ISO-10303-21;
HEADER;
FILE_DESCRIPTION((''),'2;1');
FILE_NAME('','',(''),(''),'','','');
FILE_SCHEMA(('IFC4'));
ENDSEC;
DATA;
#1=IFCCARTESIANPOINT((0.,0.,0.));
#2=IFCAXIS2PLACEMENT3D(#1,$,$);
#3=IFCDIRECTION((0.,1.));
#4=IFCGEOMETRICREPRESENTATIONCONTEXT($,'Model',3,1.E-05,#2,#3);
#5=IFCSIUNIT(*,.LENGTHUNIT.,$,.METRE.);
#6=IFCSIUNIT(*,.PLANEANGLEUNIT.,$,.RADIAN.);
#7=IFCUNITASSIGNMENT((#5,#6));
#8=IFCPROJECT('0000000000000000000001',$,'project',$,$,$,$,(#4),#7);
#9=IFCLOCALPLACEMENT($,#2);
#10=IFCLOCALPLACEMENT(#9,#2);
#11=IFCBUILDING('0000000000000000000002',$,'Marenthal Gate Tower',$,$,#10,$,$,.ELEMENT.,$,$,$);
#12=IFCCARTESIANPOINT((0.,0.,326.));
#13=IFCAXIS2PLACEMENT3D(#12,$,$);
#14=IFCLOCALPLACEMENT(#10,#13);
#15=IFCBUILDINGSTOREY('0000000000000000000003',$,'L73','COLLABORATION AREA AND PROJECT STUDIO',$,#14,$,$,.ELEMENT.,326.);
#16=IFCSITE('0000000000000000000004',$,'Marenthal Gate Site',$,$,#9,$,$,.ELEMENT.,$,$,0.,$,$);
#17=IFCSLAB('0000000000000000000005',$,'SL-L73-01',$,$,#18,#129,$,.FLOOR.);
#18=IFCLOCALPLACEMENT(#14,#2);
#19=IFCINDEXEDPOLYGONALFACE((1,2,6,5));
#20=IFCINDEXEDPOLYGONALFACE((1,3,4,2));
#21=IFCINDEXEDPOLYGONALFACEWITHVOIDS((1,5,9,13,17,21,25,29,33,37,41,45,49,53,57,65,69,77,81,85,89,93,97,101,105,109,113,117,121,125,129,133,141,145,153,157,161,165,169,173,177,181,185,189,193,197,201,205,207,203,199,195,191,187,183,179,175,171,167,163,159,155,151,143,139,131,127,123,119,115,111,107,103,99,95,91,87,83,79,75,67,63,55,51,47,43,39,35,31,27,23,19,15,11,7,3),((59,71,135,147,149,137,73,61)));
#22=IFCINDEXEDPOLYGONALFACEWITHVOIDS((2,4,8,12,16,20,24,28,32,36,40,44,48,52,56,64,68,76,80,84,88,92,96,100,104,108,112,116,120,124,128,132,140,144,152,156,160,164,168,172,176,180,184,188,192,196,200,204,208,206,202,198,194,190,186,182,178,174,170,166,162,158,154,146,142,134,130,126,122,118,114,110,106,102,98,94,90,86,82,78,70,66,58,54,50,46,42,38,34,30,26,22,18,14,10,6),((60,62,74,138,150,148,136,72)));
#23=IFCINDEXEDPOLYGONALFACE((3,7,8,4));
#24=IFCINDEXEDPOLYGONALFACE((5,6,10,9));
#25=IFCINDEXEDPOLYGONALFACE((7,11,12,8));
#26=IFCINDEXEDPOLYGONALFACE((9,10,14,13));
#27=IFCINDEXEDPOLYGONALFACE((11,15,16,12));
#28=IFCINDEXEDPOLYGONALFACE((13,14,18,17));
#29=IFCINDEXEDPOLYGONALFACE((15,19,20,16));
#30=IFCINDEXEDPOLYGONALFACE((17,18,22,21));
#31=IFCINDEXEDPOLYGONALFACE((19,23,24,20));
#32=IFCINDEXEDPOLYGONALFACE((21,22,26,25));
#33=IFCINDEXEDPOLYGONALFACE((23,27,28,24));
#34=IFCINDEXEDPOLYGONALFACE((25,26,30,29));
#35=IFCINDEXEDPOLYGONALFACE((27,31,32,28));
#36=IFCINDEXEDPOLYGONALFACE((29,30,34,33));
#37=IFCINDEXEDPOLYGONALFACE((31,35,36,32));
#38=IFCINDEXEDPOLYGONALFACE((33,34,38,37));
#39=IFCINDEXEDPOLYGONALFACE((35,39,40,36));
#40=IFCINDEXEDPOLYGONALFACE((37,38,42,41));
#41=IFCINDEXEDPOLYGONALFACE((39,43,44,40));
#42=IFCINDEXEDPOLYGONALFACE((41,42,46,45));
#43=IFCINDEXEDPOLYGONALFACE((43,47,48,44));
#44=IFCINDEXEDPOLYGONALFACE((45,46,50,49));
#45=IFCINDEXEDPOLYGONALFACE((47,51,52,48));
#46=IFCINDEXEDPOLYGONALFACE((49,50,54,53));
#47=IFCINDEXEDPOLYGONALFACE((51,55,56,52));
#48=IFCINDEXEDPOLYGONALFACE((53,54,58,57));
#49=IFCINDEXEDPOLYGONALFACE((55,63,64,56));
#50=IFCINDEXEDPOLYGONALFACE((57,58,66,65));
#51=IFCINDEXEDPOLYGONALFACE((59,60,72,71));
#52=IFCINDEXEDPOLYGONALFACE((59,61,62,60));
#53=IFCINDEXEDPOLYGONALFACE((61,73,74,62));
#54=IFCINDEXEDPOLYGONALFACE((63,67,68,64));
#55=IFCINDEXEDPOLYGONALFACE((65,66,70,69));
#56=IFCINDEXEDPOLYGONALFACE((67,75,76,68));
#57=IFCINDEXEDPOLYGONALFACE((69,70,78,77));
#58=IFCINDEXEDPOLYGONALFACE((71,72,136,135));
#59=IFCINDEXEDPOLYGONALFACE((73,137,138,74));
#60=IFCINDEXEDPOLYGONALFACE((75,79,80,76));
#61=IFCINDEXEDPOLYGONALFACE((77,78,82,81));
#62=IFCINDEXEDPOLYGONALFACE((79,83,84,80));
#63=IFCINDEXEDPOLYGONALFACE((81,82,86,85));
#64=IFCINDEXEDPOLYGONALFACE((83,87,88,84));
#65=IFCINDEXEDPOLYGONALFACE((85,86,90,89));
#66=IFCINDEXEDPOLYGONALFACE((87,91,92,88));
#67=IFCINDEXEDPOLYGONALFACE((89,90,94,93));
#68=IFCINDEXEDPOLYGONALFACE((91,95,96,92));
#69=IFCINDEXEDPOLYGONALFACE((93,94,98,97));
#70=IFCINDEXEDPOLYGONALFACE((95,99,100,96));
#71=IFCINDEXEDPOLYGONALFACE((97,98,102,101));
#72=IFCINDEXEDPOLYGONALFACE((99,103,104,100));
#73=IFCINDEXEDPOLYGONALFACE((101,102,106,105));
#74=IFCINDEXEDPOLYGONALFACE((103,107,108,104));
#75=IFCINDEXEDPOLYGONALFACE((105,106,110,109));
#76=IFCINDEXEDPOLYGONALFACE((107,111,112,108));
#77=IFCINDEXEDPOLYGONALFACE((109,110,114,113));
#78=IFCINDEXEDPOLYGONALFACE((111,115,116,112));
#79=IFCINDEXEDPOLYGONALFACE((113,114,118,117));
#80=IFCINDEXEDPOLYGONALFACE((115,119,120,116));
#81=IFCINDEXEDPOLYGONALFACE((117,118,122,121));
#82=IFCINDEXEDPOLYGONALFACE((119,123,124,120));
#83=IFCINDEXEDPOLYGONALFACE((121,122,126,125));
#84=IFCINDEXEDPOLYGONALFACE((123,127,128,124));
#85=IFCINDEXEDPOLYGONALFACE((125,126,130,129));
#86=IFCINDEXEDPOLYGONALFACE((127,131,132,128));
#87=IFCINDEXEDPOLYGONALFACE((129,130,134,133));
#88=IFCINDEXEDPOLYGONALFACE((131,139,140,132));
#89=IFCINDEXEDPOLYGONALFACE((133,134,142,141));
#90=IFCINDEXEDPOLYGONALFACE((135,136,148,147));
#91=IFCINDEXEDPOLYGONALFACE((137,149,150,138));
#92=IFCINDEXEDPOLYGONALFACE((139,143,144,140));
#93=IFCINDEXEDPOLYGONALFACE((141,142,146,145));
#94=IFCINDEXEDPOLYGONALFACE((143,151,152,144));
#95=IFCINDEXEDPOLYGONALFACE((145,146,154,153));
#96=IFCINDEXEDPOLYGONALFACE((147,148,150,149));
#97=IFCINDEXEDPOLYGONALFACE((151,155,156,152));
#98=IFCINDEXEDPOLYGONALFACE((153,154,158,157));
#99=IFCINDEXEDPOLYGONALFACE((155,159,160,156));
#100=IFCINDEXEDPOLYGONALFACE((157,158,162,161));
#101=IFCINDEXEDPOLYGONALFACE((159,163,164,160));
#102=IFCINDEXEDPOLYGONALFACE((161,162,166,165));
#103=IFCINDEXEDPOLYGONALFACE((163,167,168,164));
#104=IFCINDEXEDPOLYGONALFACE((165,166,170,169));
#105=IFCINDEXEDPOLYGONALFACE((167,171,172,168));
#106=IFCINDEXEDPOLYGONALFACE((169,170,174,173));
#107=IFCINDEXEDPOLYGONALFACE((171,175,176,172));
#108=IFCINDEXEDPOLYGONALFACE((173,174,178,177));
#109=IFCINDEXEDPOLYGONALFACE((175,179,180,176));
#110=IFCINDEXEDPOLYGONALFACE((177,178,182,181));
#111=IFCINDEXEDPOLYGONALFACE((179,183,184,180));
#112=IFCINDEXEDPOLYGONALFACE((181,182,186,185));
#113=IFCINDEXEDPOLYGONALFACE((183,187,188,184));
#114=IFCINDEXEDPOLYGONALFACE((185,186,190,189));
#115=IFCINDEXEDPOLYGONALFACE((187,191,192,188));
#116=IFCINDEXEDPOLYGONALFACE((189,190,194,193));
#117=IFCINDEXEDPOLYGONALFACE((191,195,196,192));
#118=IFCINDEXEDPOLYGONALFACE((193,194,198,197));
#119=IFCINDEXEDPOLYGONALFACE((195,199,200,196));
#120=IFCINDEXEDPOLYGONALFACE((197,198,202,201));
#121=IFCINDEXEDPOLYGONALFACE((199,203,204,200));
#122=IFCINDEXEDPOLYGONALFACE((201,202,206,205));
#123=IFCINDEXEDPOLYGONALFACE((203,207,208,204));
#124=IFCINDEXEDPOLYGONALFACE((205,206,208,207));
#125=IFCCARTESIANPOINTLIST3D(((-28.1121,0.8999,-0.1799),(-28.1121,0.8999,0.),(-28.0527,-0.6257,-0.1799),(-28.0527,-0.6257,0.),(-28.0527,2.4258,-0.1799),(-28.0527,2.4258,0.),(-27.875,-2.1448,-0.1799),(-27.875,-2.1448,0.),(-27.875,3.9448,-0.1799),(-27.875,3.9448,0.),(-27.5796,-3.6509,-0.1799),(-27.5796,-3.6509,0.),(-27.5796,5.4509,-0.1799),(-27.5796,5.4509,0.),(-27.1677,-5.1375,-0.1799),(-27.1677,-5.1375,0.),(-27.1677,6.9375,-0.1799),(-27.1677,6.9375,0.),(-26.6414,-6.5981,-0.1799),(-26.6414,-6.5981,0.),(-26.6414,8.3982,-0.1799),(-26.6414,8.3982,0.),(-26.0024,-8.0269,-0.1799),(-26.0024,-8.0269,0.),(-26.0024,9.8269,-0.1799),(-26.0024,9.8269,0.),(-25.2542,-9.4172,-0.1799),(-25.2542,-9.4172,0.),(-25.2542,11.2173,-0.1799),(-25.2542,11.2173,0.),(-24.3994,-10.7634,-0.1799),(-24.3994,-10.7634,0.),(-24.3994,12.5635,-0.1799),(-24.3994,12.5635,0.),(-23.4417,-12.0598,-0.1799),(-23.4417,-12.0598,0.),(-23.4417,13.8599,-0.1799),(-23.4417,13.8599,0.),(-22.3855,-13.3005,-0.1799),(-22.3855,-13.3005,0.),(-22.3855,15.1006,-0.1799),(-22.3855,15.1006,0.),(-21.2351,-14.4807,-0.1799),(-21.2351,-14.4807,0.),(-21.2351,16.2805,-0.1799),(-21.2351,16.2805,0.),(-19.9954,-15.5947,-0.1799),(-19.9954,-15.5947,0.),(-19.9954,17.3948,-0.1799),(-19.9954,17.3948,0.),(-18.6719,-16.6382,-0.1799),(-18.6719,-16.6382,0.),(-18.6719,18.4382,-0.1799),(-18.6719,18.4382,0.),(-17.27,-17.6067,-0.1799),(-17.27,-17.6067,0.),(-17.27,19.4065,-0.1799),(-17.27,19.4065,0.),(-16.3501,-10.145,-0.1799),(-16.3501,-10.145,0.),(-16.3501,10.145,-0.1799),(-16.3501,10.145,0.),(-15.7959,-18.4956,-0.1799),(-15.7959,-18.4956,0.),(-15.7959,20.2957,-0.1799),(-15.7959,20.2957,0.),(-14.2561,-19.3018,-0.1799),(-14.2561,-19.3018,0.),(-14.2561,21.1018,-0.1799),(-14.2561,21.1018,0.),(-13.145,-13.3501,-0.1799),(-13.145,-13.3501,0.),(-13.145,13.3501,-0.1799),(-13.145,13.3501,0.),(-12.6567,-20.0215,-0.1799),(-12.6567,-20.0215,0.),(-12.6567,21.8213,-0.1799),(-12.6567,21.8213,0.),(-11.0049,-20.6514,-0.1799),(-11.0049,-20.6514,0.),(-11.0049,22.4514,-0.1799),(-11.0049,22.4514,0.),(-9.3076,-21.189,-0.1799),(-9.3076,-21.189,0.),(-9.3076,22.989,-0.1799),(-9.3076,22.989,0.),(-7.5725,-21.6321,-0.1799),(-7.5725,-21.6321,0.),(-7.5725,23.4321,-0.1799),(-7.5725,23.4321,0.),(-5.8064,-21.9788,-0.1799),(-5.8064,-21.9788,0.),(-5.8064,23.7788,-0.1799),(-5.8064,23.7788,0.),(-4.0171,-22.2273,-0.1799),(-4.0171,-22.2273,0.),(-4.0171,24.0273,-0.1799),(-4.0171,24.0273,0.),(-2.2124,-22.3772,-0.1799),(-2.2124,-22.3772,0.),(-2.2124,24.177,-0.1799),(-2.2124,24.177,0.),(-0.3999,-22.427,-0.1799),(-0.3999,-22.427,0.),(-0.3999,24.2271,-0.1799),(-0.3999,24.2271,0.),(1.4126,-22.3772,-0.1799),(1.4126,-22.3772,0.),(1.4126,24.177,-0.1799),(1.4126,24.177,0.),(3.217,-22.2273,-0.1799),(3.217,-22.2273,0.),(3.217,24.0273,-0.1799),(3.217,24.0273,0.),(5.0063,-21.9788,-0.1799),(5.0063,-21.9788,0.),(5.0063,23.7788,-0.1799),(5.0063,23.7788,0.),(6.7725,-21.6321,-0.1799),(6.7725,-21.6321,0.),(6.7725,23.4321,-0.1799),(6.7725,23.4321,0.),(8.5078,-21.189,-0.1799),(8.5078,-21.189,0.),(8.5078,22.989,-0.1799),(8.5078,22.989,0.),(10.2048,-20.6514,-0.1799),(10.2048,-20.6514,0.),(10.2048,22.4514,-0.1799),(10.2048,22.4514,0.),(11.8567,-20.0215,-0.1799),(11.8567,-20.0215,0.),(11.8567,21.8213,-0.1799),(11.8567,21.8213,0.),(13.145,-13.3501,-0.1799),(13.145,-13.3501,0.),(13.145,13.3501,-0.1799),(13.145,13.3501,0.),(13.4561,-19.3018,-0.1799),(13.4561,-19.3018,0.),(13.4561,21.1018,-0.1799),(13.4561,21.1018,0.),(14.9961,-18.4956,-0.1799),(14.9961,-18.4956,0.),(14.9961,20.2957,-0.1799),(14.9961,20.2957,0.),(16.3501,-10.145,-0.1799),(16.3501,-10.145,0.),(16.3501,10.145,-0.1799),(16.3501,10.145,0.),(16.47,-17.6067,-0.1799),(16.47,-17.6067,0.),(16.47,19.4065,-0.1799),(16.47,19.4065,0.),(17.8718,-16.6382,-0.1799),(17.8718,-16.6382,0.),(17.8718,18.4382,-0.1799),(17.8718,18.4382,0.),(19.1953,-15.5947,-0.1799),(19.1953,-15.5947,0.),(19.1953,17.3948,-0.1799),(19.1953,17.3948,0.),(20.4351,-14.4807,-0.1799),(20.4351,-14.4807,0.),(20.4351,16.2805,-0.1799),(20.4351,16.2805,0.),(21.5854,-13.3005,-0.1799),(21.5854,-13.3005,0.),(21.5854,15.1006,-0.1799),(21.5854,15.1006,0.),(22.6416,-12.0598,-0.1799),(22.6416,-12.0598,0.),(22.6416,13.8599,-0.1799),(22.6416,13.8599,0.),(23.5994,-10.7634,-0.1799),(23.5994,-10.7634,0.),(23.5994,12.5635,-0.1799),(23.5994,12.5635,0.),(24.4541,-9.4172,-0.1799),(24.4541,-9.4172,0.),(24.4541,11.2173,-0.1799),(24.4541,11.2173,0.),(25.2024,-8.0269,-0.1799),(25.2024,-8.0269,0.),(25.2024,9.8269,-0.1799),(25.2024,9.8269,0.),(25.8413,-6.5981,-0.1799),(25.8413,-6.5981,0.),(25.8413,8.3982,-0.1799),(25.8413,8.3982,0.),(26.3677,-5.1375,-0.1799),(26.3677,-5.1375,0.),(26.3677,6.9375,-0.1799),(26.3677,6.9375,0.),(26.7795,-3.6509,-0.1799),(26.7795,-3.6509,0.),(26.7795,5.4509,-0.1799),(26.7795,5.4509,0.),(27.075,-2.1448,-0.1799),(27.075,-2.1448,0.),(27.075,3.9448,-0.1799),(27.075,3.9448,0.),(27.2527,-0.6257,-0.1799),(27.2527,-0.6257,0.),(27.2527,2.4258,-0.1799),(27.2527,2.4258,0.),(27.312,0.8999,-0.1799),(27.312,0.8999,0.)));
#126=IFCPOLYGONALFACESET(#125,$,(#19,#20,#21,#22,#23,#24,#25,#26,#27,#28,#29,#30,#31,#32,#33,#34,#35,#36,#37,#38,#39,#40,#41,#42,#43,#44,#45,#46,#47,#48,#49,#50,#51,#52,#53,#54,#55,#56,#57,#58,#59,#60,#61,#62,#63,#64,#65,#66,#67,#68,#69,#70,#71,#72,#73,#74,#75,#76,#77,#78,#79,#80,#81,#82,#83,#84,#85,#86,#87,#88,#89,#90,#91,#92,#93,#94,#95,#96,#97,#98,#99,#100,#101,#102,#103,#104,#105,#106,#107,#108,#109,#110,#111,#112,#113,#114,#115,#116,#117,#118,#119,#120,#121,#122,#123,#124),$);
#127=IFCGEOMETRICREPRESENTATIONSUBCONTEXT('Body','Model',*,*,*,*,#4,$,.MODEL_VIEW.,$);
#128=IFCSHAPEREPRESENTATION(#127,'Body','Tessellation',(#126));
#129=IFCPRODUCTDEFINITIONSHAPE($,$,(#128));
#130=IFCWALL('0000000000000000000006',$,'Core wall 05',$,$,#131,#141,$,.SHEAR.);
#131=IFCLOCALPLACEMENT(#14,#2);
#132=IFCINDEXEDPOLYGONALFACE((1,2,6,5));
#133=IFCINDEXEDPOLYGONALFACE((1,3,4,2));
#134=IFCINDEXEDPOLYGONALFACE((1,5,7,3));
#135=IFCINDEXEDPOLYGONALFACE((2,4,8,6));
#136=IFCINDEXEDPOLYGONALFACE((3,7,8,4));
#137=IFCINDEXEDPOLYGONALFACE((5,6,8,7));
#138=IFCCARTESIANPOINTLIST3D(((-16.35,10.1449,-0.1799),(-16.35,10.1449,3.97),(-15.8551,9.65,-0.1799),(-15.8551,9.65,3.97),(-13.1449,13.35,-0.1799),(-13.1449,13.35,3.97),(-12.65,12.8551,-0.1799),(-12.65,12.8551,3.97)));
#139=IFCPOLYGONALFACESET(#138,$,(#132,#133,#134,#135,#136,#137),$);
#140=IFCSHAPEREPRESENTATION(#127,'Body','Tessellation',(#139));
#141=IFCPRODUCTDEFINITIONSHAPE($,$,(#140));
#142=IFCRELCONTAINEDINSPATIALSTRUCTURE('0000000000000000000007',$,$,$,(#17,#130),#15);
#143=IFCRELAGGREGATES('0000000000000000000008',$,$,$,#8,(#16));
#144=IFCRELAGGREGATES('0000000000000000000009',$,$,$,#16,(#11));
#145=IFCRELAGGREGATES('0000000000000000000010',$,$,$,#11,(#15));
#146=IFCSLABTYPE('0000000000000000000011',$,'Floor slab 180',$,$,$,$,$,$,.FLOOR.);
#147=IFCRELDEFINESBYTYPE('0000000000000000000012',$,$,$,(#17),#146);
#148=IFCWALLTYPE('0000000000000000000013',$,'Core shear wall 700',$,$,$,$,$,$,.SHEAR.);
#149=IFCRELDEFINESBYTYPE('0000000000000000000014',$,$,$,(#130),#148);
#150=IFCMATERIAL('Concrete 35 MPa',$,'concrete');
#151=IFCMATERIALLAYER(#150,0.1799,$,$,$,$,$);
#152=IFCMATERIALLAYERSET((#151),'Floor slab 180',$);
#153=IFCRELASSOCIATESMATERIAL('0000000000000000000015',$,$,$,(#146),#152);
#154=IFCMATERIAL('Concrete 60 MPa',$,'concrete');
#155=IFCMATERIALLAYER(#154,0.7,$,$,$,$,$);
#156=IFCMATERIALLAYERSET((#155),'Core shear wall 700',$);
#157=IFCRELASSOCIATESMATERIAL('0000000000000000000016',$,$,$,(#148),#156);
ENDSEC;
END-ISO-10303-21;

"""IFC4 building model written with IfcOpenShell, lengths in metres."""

from ifc_helpers import new_model, si_unit, direction, frame, frame_2d, origin, place, context, subcontext, project, spatial, polyline, rectangle, outline, extrude, material, layer, layer_set, type_object, element, save


model = new_model("IFC4")

# Units and contexts
model_context = context("Model", 3, precision=1e-05, world=origin(), true_north=direction((0.0, 1.0)))
body_context = subcontext(model_context, "Body", "Model", "MODEL_VIEW")
ifc_project = project(units=[si_unit("LENGTHUNIT", "METRE"), si_unit("PLANEANGLEUNIT", "RADIAN")], contexts=[model_context])

# Site, building, storey
site_placement = place(None, origin())
site = spatial("IfcSite", under=ifc_project, at=site_placement, Name="Marenthal Gate Site", CompositionType="ELEMENT", RefElevation=0.0)
building_placement = place(site_placement, origin())
building = spatial("IfcBuilding", under=site, at=building_placement, Name="Marenthal Gate Tower", CompositionType="ELEMENT")
storey_placement = place(building_placement, frame((0.0, 0.0, 326.0)))
storey = spatial("IfcBuildingStorey", under=building, at=storey_placement, Name="L73", Description="COLLABORATION AREA AND PROJECT STUDIO", CompositionType="ELEMENT", Elevation=326.0)

# Slab
ifc_material_1 = material(Name="Concrete 35 MPa", Category="concrete")
ifc_layer_1 = layer(ifc_material_1, 0.1799)
ifc_layer_set_1 = layer_set([ifc_layer_1], Name="Floor slab 180")
slab_type_1 = type_object("IfcSlabType", Name="Floor slab 180", PredefinedType="FLOOR", material=ifc_layer_set_1)
slab_1_placement = place(storey_placement, frame((0.0, 0.0, -0.1799)))
element("IfcSlab", 1, at=slab_1_placement, inside=storey, type_object=slab_type_1, Name="SL-L73-01", PredefinedType="FLOOR", context=body_context, shape_type="SweptSolid", body=[
    extrude(outline(polyline([(27.312, 0.8999), (27.2527, 2.4258), (27.075, 3.9448), (26.7795, 5.4509), (26.3677, 6.9375), (25.8413, 8.3982), (25.2024, 9.8269), (24.4541, 11.2173), (23.5994, 12.5635), (22.6416, 13.8599), (21.5854, 15.1006), (20.4351, 16.2805), (19.1953, 17.3948), (17.8718, 18.4382), (16.47, 19.4065), (14.9961, 20.2957), (13.4561, 21.1018), (11.8567, 21.8213), (10.2048, 22.4514), (8.5078, 22.989), (6.7725, 23.4321), (5.0063, 23.7788), (3.217, 24.0273), (1.4126, 24.177), (-0.3999, 24.2271), (-2.2124, 24.177), (-4.0171, 24.0273), (-5.8064, 23.7788), (-7.5725, 23.4321), (-9.3076, 22.989), (-11.0049, 22.4514), (-12.6567, 21.8213), (-14.2561, 21.1018), (-15.7959, 20.2957), (-17.27, 19.4065), (-18.6719, 18.4382), (-19.9954, 17.3948), (-21.2351, 16.2805), (-22.3855, 15.1006), (-23.4417, 13.8599), (-24.3994, 12.5635), (-25.2542, 11.2173), (-26.0024, 9.8269), (-26.6414, 8.3982), (-27.1677, 6.9375), (-27.5796, 5.4509), (-27.875, 3.9448), (-28.0527, 2.4258), (-28.1121, 0.8999), (-28.0527, -0.6257), (-27.875, -2.1448), (-27.5796, -3.6509), (-27.1677, -5.1375), (-26.6414, -6.5981), (-26.0024, -8.0269), (-25.2542, -9.4172), (-24.3994, -10.7634), (-23.4417, -12.0598), (-22.3855, -13.3005), (-21.2351, -14.4807), (-19.9954, -15.5947), (-18.6719, -16.6382), (-17.27, -17.6067), (-15.7959, -18.4956), (-14.2561, -19.3018), (-12.6567, -20.0215), (-11.0049, -20.6514), (-9.3076, -21.189), (-7.5725, -21.6321), (-5.8064, -21.9788), (-4.0171, -22.2273), (-2.2124, -22.3772), (-0.3999, -22.427), (1.4126, -22.3772), (3.217, -22.2273), (5.0063, -21.9788), (6.7725, -21.6321), (8.5078, -21.189), (10.2048, -20.6514), (11.8567, -20.0215), (13.4561, -19.3018), (14.9961, -18.4956), (16.47, -17.6067), (17.8718, -16.6382), (19.1953, -15.5947), (20.4351, -14.4807), (21.5854, -13.3005), (22.6416, -12.0598), (23.5994, -10.7634), (24.4541, -9.4172), (25.2024, -8.0269), (25.8413, -6.5981), (26.3677, -5.1375), (26.7795, -3.6509), (27.075, -2.1448), (27.2527, -0.6257), (27.312, 0.8999)]), holes=[polyline([(13.145, -13.3501), (16.3501, -10.145), (16.3501, 10.145), (13.145, 13.3501), (-13.145, 13.3501), (-16.3501, 10.145), (-16.3501, -10.145), (-13.145, -13.3501), (13.145, -13.3501)])]), origin(), (0.0, 0.0, 1.0), 0.1799),
])

# Wall
ifc_material_2 = material(Name="Concrete 60 MPa", Category="concrete")
ifc_layer_2 = layer(ifc_material_2, 0.7)
ifc_layer_set_2 = layer_set([ifc_layer_2], Name="Core shear wall 700")
wall_type_1 = type_object("IfcWallType", Name="Core shear wall 700", PredefinedType="SHEAR", material=ifc_layer_set_2)
wall_1_placement = place(storey_placement, frame((-12.8975, 13.1025, -0.1799), z_axis=(0.0, 0.0, 1.0), x_axis=(-0.707107, -0.707107, 0.0)))
element("IfcWall", 2, at=wall_1_placement, inside=storey, type_object=wall_type_1, Name="Core wall 05", PredefinedType="SHEAR", context=body_context, shape_type="SweptSolid", body=[
    extrude(rectangle(XDim=4.5327, YDim=0.7, at=frame_2d((2.2664, 0.0))), origin(), (0.0, 0.0, 1.0), 4.1499),
])

save(model, "model.ifc")
